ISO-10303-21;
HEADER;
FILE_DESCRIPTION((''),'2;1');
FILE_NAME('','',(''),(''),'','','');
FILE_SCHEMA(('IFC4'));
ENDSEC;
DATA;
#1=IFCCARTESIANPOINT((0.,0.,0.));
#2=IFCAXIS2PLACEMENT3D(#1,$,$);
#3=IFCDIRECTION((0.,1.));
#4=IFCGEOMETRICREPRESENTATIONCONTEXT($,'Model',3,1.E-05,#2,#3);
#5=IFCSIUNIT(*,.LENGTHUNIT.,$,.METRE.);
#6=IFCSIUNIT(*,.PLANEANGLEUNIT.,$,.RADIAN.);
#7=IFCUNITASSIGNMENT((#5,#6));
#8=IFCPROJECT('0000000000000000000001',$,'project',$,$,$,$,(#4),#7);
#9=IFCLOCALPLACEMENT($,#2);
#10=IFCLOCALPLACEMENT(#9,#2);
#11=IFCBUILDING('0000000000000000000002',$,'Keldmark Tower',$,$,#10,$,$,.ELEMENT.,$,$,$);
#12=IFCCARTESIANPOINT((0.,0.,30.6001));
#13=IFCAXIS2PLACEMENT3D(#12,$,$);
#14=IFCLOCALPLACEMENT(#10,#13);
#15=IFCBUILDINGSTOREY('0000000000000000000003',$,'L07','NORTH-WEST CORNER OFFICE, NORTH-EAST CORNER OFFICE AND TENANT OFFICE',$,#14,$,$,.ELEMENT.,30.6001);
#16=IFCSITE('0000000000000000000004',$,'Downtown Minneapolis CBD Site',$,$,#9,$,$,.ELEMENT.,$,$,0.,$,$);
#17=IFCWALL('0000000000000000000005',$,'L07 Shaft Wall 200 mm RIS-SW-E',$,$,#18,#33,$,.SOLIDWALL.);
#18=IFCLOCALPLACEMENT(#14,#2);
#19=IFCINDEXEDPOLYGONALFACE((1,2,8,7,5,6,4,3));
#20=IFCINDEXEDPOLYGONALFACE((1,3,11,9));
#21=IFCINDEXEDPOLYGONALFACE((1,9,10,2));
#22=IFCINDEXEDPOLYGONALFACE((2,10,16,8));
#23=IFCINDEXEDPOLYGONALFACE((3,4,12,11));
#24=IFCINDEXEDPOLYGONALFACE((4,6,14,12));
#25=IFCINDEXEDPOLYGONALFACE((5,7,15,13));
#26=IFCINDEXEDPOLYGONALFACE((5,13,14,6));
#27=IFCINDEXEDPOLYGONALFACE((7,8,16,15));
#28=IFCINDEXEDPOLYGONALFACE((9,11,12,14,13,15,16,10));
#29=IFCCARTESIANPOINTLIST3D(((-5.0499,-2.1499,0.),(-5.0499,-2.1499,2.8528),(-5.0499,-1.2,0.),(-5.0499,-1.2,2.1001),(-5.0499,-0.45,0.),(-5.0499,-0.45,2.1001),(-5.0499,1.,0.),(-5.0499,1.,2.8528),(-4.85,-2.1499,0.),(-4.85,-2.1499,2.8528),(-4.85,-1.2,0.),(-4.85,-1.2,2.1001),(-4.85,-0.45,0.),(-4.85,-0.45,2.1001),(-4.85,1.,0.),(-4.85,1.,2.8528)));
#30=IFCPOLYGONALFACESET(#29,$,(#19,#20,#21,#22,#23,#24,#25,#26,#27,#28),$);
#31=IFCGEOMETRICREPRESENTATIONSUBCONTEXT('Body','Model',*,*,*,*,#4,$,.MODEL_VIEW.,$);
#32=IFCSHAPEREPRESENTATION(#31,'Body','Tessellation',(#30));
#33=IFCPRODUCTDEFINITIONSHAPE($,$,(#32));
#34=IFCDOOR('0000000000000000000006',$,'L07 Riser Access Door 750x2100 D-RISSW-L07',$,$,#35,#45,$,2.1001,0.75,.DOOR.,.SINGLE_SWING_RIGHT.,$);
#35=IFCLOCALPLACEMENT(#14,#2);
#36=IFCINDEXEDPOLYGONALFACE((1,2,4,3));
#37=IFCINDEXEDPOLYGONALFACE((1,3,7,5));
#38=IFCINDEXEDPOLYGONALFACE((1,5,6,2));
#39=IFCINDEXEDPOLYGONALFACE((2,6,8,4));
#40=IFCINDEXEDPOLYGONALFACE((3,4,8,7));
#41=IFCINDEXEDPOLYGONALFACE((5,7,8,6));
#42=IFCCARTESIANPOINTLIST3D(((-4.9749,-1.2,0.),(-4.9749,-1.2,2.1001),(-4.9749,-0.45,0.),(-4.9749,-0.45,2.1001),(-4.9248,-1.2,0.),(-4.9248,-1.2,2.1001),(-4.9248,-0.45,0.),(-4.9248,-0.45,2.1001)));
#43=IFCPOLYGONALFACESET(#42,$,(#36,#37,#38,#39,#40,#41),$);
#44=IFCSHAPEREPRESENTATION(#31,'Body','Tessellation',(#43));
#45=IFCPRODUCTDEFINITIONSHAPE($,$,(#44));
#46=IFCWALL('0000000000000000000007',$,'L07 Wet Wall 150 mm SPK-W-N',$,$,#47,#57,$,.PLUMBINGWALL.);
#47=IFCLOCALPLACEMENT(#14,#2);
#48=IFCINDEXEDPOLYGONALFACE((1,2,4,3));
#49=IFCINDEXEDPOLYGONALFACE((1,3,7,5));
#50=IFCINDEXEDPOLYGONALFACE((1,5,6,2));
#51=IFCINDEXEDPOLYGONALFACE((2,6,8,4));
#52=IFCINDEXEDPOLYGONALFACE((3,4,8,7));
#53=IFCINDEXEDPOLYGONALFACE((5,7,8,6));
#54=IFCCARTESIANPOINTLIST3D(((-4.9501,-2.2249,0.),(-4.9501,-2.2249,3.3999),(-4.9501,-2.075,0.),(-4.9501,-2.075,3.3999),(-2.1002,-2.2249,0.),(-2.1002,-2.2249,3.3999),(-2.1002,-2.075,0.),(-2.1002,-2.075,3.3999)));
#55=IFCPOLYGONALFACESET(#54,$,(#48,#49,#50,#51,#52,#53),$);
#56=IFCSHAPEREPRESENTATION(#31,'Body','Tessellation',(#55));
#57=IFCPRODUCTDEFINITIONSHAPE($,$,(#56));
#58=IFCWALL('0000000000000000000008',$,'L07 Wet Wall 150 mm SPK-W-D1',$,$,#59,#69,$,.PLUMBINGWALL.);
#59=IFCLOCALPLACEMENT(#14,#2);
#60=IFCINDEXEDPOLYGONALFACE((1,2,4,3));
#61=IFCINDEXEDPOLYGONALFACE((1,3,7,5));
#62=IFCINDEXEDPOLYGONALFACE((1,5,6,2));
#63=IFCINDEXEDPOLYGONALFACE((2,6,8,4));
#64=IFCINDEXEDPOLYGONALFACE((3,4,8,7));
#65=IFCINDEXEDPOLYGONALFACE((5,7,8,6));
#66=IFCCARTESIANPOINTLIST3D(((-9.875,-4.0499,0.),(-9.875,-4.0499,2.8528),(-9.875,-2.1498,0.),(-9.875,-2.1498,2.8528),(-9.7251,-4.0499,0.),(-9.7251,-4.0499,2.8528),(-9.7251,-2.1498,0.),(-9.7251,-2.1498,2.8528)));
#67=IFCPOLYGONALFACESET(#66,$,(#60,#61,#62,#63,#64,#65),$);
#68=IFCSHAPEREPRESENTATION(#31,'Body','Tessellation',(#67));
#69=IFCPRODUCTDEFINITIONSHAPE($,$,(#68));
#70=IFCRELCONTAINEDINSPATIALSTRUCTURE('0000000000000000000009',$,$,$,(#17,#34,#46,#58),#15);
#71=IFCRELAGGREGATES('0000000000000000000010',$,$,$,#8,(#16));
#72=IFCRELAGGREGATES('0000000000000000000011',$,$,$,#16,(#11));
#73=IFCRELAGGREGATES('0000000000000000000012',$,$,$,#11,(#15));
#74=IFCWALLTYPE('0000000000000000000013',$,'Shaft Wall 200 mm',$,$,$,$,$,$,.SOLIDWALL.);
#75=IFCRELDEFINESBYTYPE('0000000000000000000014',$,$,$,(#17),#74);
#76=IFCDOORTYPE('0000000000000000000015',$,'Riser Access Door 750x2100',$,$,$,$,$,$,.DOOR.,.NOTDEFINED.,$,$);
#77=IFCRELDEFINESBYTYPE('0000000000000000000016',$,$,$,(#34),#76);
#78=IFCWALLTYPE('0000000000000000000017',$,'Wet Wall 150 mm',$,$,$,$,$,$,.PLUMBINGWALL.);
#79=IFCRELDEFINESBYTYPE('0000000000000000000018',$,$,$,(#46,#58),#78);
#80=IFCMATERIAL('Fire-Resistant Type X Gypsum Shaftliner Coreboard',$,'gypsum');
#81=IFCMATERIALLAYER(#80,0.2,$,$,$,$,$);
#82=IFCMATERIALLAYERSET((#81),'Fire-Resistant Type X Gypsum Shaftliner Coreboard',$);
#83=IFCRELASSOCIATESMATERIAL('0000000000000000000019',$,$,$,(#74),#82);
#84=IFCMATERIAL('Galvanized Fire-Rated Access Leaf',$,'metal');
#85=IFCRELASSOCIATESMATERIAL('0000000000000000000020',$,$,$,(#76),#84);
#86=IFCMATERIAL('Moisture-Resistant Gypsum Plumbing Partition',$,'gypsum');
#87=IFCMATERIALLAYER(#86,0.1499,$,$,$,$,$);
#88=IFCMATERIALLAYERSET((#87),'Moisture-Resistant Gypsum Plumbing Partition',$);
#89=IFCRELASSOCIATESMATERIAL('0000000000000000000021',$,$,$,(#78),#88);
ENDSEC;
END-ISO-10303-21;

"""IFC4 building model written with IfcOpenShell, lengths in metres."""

from ifc_helpers import new_model, si_unit, direction, frame, frame_2d, origin, place, context, subcontext, project, spatial, rectangle, extrude, material, layer, layer_set, type_object, element, fill, save


model = new_model("IFC4")

# Units and contexts
model_context = context("Model", 3, precision=1e-05, world=origin(), true_north=direction((0.0, 1.0)))
body_context = subcontext(model_context, "Body", "Model", "MODEL_VIEW")
ifc_project = project(units=[si_unit("LENGTHUNIT", "METRE"), si_unit("PLANEANGLEUNIT", "RADIAN")], contexts=[model_context])

# Site, building, storey
site_placement = place(None, origin())
site = spatial("IfcSite", under=ifc_project, at=site_placement, Name="Downtown Minneapolis CBD Site", CompositionType="ELEMENT", RefElevation=0.0)
building_placement = place(site_placement, origin())
building = spatial("IfcBuilding", under=site, at=building_placement, Name="Keldmark Tower", CompositionType="ELEMENT")
storey_placement = place(building_placement, frame((0.0, 0.0, 30.6001)))
storey = spatial("IfcBuildingStorey", under=building, at=storey_placement, Name="L07", Description="NORTH-WEST CORNER OFFICE, NORTH-EAST CORNER OFFICE AND TENANT OFFICE", CompositionType="ELEMENT", Elevation=30.6001)

# Shared definitions
ifc_material_1 = material(Name="Fire-Resistant Type X Gypsum Shaftliner Coreboard", Category="gypsum")
ifc_layer_1 = layer(ifc_material_1, 0.2)
ifc_layer_set_1 = layer_set([ifc_layer_1], Name="Fire-Resistant Type X Gypsum Shaftliner Coreboard")
wall_type_1 = type_object("IfcWallType", Name="Shaft Wall 200 mm", PredefinedType="SOLIDWALL", material=ifc_layer_set_1)

# Wall, opening, door
wall_1_placement = place(storey_placement, frame((-4.95, -2.1499, 0.0), z_axis=(0.0, 0.0, 1.0), x_axis=(0.0, 1.0, 0.0)))
wall_1 = element("IfcWall", 1, at=wall_1_placement, inside=storey, type_object=wall_type_1, Name="L07 Shaft Wall 200 mm RIS-SW-E", PredefinedType="SOLIDWALL", context=body_context, shape_type="SweptSolid", body=[
    extrude(rectangle(XDim=3.1499, YDim=0.2, at=frame_2d((1.575, 0.0))), origin(), (0.0, 0.0, 1.0), 2.8528),
])
opening_1_placement = place(wall_1_placement, frame((0.95, 0.0, 0.0)))
opening_1 = element("IfcOpeningElement", 2, at=opening_1_placement, cuts=wall_1, PredefinedType="OPENING", context=body_context, shape_type="SweptSolid", body=[
    extrude(rectangle(XDim=0.75, YDim=2.1001, at=frame_2d((0.375, 1.05))), frame((0.0, 0.1099, 0.0), z_axis=(0.0, -1.0, 0.0), x_axis=(1.0, 0.0, 0.0)), (0.0, 0.0, 1.0), 0.22),
])
ifc_material_2 = material(Name="Galvanized Fire-Rated Access Leaf", Category="metal")
door_type_1 = type_object("IfcDoorType", Name="Riser Access Door 750x2100", OperationType="NOTDEFINED", PredefinedType="DOOR", material=ifc_material_2)
door_1_placement = place(opening_1_placement, origin())
door_1 = element("IfcDoor", 3, at=door_1_placement, inside=storey, type_object=door_type_1, Name="L07 Riser Access Door 750x2100 D-RISSW-L07", OperationType="SINGLE_SWING_RIGHT", OverallHeight=2.1001, OverallWidth=0.75, PredefinedType="DOOR", context=body_context, shape_type="SweptSolid", body=[
    extrude(rectangle(XDim=0.75, YDim=2.1001, at=frame_2d((0.375, 1.05))), frame((0.0, 0.0249, 0.0), z_axis=(0.0, -1.0, 0.0), x_axis=(1.0, 0.0, 0.0)), (0.0, 0.0, 1.0), 0.05),
])
fill(opening_1, door_1)

# Walls
ifc_material_3 = material(Name="Moisture-Resistant Gypsum Plumbing Partition", Category="gypsum")
ifc_layer_2 = layer(ifc_material_3, 0.1499)
ifc_layer_set_2 = layer_set([ifc_layer_2], Name="Moisture-Resistant Gypsum Plumbing Partition")
wall_type_2 = type_object("IfcWallType", Name="Wet Wall 150 mm", PredefinedType="PLUMBINGWALL", material=ifc_layer_set_2)
wall_2_placement = place(storey_placement, frame((-4.95, -2.1499, 0.0), z_axis=(0.0, 0.0, 1.0), x_axis=(1.0, 0.0, 0.0)))
element("IfcWall", 4, at=wall_2_placement, inside=storey, type_object=wall_type_2, Name="L07 Wet Wall 150 mm SPK-W-N", PredefinedType="PLUMBINGWALL", context=body_context, shape_type="SweptSolid", body=[
    extrude(rectangle(XDim=2.8499, YDim=0.1499, at=frame_2d((1.4248, 0.0))), origin(), (0.0, 0.0, 1.0), 3.3999),
])
wall_3_placement = place(storey_placement, frame((-9.8, -4.05, 0.0), z_axis=(0.0, 0.0, 1.0), x_axis=(0.0, 1.0, 0.0)))
element("IfcWall", 5, at=wall_3_placement, inside=storey, type_object=wall_type_2, Name="L07 Wet Wall 150 mm SPK-W-D1", PredefinedType="PLUMBINGWALL", context=body_context, shape_type="SweptSolid", body=[
    extrude(rectangle(XDim=1.9001, YDim=0.1499, at=frame_2d((0.9502, 0.0))), origin(), (0.0, 0.0, 1.0), 2.8528),
])

save(model, "model.ifc")
